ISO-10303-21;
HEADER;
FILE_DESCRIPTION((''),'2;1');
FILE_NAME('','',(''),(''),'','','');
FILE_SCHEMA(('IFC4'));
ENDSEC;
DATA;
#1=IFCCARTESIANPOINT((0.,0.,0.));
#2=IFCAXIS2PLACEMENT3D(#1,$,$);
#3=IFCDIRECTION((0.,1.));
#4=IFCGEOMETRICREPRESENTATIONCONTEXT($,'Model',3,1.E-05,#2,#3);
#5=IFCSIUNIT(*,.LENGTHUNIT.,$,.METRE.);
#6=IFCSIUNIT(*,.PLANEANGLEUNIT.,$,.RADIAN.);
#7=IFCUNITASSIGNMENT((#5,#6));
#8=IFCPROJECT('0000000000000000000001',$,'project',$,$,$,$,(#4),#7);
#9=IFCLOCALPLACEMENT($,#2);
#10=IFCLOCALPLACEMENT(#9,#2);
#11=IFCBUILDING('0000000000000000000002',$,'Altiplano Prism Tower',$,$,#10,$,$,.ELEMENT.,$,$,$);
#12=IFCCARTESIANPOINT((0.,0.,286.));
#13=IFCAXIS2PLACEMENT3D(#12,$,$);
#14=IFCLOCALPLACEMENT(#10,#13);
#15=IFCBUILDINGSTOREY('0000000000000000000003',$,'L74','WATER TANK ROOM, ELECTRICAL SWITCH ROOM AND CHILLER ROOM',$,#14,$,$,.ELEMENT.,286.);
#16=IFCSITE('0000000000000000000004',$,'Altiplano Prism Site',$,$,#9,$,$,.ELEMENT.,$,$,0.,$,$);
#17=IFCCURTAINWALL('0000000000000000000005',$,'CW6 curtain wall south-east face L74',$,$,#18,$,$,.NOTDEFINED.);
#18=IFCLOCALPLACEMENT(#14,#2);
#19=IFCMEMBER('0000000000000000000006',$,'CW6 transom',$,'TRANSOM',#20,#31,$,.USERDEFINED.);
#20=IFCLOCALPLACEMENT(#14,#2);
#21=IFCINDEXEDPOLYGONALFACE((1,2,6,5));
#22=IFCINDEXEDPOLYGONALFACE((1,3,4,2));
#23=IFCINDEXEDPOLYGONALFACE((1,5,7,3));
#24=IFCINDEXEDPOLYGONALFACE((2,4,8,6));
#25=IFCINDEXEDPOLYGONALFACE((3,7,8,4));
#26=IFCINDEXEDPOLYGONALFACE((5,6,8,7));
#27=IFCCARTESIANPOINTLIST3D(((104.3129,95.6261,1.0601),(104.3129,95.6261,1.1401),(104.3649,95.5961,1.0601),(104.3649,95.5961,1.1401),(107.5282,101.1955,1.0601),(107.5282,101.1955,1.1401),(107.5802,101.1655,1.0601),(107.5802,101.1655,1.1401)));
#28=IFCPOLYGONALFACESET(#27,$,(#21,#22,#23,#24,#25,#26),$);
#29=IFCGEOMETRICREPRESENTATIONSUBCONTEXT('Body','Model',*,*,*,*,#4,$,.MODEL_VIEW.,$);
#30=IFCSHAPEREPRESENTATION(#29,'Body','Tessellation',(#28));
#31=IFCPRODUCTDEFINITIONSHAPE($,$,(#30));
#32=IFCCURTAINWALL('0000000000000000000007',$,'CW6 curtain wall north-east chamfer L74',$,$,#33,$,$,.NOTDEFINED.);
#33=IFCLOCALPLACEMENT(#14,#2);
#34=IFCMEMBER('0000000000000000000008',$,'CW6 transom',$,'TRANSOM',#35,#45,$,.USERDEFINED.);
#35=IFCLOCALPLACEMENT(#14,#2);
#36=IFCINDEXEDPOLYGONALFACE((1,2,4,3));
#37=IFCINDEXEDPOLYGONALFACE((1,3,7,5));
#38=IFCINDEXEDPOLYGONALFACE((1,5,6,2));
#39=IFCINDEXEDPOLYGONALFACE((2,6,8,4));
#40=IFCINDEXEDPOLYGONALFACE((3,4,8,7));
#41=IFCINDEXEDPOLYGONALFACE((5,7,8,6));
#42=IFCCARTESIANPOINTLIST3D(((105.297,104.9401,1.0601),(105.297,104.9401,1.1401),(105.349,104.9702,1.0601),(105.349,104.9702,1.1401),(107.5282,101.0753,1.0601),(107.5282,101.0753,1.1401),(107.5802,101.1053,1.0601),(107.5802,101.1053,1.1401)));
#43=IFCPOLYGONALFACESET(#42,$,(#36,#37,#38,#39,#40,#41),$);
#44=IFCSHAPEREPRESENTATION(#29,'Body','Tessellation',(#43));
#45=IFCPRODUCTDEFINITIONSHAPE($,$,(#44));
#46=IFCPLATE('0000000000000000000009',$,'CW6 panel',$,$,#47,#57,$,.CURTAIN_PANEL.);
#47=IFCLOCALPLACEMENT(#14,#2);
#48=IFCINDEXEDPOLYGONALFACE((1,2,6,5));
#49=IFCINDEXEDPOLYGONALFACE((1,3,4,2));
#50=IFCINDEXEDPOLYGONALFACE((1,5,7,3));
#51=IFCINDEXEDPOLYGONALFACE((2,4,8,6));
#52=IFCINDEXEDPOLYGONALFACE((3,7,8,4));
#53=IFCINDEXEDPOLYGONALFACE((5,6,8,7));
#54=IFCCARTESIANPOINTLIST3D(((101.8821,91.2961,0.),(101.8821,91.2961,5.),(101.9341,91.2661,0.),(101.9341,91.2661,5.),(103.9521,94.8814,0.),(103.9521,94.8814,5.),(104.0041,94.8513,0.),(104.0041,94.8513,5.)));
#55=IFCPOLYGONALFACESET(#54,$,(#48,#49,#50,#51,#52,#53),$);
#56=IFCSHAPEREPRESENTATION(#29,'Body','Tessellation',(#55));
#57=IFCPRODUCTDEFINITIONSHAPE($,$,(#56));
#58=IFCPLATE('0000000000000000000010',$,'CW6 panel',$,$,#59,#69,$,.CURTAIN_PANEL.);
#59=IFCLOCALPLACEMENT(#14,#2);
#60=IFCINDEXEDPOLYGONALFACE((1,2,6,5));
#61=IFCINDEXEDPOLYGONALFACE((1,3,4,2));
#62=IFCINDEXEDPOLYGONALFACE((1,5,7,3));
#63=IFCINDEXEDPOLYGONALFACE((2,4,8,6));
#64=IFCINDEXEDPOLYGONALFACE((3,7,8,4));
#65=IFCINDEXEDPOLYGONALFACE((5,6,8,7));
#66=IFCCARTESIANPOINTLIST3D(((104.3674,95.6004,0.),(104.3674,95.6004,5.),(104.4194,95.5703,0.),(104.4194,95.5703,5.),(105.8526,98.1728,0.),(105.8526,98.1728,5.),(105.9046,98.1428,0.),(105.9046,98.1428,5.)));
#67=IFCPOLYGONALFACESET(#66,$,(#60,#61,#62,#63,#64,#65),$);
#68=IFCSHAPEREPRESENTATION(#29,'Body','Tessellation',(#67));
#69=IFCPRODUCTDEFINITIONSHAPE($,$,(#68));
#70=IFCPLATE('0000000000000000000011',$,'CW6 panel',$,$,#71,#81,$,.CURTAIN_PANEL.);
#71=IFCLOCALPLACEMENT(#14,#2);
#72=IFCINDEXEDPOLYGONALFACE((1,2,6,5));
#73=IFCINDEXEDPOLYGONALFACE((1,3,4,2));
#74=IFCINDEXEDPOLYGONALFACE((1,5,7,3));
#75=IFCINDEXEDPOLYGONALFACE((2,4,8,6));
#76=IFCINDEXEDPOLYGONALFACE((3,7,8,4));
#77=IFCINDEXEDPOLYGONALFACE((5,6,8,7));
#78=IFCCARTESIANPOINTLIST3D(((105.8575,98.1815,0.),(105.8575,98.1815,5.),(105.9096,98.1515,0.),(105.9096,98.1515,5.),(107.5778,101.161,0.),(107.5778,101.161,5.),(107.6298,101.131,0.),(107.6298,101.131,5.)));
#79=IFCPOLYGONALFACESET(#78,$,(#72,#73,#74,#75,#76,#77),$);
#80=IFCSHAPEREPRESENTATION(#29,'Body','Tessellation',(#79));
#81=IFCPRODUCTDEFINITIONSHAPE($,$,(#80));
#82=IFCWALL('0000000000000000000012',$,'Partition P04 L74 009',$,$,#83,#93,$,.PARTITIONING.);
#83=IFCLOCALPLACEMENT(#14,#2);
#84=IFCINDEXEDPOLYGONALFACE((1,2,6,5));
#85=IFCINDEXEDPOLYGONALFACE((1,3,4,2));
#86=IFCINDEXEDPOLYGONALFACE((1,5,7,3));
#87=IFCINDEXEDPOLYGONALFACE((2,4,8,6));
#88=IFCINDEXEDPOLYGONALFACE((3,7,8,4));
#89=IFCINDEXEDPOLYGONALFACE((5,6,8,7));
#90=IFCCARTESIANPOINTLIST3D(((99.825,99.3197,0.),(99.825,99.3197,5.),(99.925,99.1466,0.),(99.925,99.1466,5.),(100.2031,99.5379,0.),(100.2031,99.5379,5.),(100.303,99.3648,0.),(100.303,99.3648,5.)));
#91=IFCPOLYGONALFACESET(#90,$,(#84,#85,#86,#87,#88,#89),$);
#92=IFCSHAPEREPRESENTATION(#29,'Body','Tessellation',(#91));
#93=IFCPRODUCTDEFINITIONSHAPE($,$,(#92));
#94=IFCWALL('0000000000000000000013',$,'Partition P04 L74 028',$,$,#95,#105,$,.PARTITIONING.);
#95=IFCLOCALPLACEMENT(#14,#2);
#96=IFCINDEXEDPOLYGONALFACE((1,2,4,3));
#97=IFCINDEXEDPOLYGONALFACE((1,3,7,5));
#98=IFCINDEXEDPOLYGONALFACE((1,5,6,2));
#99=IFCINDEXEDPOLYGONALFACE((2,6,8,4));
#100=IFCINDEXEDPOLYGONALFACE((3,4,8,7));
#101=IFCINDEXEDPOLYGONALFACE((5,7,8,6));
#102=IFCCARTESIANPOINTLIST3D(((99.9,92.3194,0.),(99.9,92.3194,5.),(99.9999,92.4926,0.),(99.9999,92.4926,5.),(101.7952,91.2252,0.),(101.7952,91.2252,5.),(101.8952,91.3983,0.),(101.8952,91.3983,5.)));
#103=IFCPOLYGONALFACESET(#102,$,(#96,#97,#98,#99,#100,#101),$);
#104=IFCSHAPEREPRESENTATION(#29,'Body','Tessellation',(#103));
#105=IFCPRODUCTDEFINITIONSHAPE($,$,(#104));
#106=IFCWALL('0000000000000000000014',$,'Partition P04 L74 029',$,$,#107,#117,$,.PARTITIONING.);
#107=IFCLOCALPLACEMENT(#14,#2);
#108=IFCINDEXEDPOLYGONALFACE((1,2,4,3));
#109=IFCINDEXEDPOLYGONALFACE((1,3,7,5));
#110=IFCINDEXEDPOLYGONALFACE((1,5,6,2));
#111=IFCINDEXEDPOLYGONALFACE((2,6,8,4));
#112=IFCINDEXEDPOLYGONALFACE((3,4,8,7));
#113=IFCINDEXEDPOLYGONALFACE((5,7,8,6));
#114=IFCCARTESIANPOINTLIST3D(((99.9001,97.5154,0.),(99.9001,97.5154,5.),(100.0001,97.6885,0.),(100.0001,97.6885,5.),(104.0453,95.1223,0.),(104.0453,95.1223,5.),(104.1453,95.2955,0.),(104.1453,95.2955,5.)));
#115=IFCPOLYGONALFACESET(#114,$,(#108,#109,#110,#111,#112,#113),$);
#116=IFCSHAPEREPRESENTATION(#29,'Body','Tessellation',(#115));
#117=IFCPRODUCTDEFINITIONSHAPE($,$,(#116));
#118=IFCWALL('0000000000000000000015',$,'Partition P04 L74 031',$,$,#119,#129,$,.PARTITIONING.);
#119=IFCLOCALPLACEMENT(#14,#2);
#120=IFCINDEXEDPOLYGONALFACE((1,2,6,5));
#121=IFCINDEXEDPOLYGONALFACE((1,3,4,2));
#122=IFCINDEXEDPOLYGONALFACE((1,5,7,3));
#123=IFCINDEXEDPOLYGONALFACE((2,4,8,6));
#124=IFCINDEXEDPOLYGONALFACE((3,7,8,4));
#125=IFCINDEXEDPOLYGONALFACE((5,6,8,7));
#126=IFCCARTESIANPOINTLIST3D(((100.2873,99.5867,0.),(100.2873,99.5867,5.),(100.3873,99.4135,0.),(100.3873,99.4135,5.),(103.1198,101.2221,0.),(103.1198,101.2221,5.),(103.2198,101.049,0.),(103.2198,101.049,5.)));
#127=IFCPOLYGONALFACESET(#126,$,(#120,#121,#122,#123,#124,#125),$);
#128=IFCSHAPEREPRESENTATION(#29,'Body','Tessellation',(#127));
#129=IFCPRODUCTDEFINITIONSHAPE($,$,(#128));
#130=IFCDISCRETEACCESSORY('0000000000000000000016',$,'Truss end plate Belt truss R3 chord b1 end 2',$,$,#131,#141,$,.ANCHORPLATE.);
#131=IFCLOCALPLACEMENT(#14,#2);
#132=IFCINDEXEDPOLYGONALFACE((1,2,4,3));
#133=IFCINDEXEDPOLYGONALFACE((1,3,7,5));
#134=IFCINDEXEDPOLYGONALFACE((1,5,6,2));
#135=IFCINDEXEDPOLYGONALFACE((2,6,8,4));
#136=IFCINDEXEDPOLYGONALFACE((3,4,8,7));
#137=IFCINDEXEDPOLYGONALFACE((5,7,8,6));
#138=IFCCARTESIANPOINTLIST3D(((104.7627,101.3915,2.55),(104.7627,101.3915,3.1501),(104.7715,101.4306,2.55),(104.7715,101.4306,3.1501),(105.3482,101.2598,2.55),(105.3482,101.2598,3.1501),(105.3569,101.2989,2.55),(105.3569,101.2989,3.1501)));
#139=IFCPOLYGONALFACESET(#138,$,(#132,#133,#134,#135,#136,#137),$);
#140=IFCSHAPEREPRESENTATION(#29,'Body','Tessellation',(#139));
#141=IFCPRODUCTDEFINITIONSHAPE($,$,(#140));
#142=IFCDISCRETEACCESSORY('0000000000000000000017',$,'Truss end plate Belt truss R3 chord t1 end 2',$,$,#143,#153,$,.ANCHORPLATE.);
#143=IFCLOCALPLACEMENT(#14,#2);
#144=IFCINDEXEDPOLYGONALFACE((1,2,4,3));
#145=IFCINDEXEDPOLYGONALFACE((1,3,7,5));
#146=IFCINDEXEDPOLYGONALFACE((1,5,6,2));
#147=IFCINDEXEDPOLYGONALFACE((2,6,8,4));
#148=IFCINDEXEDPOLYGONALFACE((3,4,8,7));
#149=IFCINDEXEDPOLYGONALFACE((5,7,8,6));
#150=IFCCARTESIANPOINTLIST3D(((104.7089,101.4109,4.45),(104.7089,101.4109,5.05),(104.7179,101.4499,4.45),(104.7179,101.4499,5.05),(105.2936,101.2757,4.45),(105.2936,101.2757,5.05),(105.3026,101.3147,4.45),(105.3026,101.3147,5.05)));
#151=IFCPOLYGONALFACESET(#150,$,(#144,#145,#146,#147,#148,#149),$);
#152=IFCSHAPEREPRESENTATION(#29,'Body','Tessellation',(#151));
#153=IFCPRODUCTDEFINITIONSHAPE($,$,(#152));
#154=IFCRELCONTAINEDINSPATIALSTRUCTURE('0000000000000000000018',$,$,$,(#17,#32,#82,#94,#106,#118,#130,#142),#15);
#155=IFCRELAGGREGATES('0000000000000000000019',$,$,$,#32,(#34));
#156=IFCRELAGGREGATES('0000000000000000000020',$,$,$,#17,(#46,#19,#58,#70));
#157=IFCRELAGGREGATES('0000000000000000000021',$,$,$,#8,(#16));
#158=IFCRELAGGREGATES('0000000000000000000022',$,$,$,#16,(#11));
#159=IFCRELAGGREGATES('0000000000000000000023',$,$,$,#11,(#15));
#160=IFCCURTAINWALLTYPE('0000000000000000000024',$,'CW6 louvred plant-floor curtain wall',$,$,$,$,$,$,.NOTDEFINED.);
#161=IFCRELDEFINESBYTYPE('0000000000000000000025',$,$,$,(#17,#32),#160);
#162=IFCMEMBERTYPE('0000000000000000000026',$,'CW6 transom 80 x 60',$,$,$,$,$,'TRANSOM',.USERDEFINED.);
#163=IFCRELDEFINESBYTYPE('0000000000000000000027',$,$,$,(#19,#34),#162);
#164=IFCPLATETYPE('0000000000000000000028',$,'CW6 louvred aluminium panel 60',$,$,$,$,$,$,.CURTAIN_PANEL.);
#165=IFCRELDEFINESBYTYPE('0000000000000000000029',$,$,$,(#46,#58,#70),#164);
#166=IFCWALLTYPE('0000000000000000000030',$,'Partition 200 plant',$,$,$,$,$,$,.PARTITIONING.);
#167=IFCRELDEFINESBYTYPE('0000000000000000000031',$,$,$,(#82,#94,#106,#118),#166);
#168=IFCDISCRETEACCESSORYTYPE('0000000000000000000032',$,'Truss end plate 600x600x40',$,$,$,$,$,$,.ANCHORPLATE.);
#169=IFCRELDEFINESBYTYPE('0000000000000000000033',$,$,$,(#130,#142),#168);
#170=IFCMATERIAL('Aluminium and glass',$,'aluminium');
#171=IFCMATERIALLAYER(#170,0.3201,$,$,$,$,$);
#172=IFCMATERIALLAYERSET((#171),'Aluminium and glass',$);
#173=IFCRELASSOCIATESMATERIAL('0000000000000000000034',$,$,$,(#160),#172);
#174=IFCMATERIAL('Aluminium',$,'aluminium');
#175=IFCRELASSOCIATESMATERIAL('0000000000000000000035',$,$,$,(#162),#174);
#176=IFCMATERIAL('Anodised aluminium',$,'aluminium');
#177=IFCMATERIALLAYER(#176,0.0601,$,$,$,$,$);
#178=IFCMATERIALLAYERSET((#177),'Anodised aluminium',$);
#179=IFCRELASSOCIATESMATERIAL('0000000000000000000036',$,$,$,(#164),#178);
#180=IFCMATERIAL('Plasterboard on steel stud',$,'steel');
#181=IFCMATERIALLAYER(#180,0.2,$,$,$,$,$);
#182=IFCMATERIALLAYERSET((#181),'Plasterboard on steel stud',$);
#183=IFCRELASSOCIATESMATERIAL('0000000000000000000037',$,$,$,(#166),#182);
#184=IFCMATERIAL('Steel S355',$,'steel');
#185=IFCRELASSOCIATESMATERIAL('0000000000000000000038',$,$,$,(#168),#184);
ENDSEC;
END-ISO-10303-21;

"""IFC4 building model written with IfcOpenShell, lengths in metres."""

from ifc_helpers import new_model, si_unit, direction, frame, frame_2d, origin, origin_2d, place, context, subcontext, project, spatial, rectangle, extrude, material, layer, layer_set, material_profile, profile_set, type_object, element, aggregate, save


model = new_model("IFC4")

# Units and contexts
model_context = context("Model", 3, precision=1e-05, world=origin(), true_north=direction((0.0, 1.0)))
body_context = subcontext(model_context, "Body", "Model", "MODEL_VIEW")
ifc_project = project(units=[si_unit("LENGTHUNIT", "METRE"), si_unit("PLANEANGLEUNIT", "RADIAN")], contexts=[model_context])

# Site, building, storey
site_placement = place(None, origin())
site = spatial("IfcSite", under=ifc_project, at=site_placement, Name="Altiplano Prism Site", CompositionType="ELEMENT", RefElevation=0.0)
building_placement = place(site_placement, origin())
building = spatial("IfcBuilding", under=site, at=building_placement, Name="Altiplano Prism Tower", CompositionType="ELEMENT")
storey_placement = place(building_placement, frame((0.0, 0.0, 286.0)))
storey = spatial("IfcBuildingStorey", under=building, at=storey_placement, Name="L74", Description="WATER TANK ROOM, ELECTRICAL SWITCH ROOM AND CHILLER ROOM", CompositionType="ELEMENT", Elevation=286.0)

# Shared definitions
ifc_material_1 = material(Name="Steel S355", Category="steel")

# Curtain wall, member
ifc_material_2 = material(Name="Aluminium and glass", Category="aluminium")
ifc_layer_1 = layer(ifc_material_2, 0.3201)
ifc_layer_set_1 = layer_set([ifc_layer_1], Name="Aluminium and glass")
curtain_wall_type = type_object("IfcCurtainWallType", Name="CW6 louvred plant-floor curtain wall", PredefinedType="NOTDEFINED", material=ifc_layer_set_1)
curtain_wall_1_placement = place(storey_placement, origin())
curtain_wall_1 = element("IfcCurtainWall", 1, at=curtain_wall_1_placement, inside=storey, type_object=curtain_wall_type, Name="CW6 curtain wall south-east face L74", PredefinedType="NOTDEFINED")
ifc_material_3 = material(Name="Aluminium", Category="aluminium")
ifc_material_profile_1 = material_profile(ifc_material_3, rectangle(XDim=0.0601, YDim=0.0801, at=origin_2d()), Name="CW6 transom 80 x 60")
ifc_profile_set_1 = profile_set([ifc_material_profile_1], Name="Aluminium")
member_type_1 = type_object("IfcMemberType", Name="CW6 transom 80 x 60", ElementType="TRANSOM", PredefinedType="USERDEFINED", material=ifc_profile_set_1)
member_1_placement = place(storey_placement, frame((104.3389, 95.6111, 1.1001), z_axis=(0.499985, 0.866034, 0.0), x_axis=(-0.866034, 0.499985, 0.0)))
member_1 = element("IfcMember", 2, at=member_1_placement, type_object=member_type_1, Name="CW6 transom", ObjectType="TRANSOM", PredefinedType="USERDEFINED", context=body_context, shape_type="SweptSolid", body=[
    extrude(rectangle(XDim=0.0601, YDim=0.0801, at=origin_2d()), origin(), (0.0, 0.0, 1.0), 6.4309),
])

# Curtain wall, member
curtain_wall_2_placement = place(storey_placement, origin())
curtain_wall_2 = element("IfcCurtainWall", 3, at=curtain_wall_2_placement, inside=storey, type_object=curtain_wall_type, Name="CW6 curtain wall north-east chamfer L74", PredefinedType="NOTDEFINED")
member_2_placement = place(storey_placement, frame((107.5542, 101.0903, 1.1001), z_axis=(-0.499981, 0.866036, 0.0), x_axis=(-0.866036, -0.499981, 0.0)))
member_2 = element("IfcMember", 4, at=member_2_placement, type_object=member_type_1, Name="CW6 transom", ObjectType="TRANSOM", PredefinedType="USERDEFINED", context=body_context, shape_type="SweptSolid", body=[
    extrude(rectangle(XDim=0.0601, YDim=0.0801, at=origin_2d()), origin(), (0.0, 0.0, 1.0), 4.4626),
])
aggregate(curtain_wall_2, [member_2])

# Plates
ifc_material_4 = material(Name="Anodised aluminium", Category="aluminium")
ifc_layer_2 = layer(ifc_material_4, 0.0601)
ifc_layer_set_2 = layer_set([ifc_layer_2], Name="Anodised aluminium")
plate_type = type_object("IfcPlateType", Name="CW6 louvred aluminium panel 60", PredefinedType="CURTAIN_PANEL", material=ifc_layer_set_2)
plate_1_placement = place(storey_placement, frame((102.9431, 93.0737, 0.0), z_axis=(0.0, 0.0, 1.0), x_axis=(0.5, 0.866025, 0.0)))
plate_1 = element("IfcPlate", 5, at=plate_1_placement, type_object=plate_type, Name="CW6 panel", PredefinedType="CURTAIN_PANEL", context=body_context, shape_type="SweptSolid", body=[
    extrude(rectangle(XDim=4.1399, YDim=0.0601, at=origin_2d()), origin(), (0.0, 0.0, 1.0), 5.0),
])
plate_2_placement = place(storey_placement, frame((105.136, 96.8716, 0.0), z_axis=(0.0, 0.0, 1.0), x_axis=(0.5, 0.866025, 0.0)))
plate_2 = element("IfcPlate", 6, at=plate_2_placement, type_object=plate_type, Name="CW6 panel", PredefinedType="CURTAIN_PANEL", context=body_context, shape_type="SweptSolid", body=[
    extrude(rectangle(XDim=2.9705, YDim=0.0601, at=origin_2d()), origin(), (0.0, 0.0, 1.0), 5.0),
])
plate_3_placement = place(storey_placement, frame((106.7437, 99.6562, 0.0), z_axis=(0.0, 0.0, 1.0), x_axis=(0.5, 0.866025, 0.0)))
plate_3 = element("IfcPlate", 7, at=plate_3_placement, type_object=plate_type, Name="CW6 panel", PredefinedType="CURTAIN_PANEL", context=body_context, shape_type="SweptSolid", body=[
    extrude(rectangle(XDim=3.4404, YDim=0.0601, at=origin_2d()), origin(), (0.0, 0.0, 1.0), 5.0),
])
aggregate(curtain_wall_1, [plate_1, member_1, plate_2, plate_3])

# Shared definitions
ifc_material_5 = material(Name="Plasterboard on steel stud", Category="steel")
ifc_layer_3 = layer(ifc_material_5, 0.2)
ifc_layer_set_3 = layer_set([ifc_layer_3], Name="Plasterboard on steel stud")
wall_type = type_object("IfcWallType", Name="Partition 200 plant", PredefinedType="PARTITIONING", material=ifc_layer_set_3)

# Wall
wall_1_placement = place(storey_placement, frame((99.875, 99.2332, 0.0), z_axis=(0.0, 0.0, 1.0), x_axis=(0.866102, 0.499868, 0.0)))
element("IfcWall", 8, at=wall_1_placement, inside=storey, type_object=wall_type, Name="Partition P04 L74 009", PredefinedType="PARTITIONING", context=body_context, shape_type="SweptSolid", body=[
    extrude(rectangle(XDim=0.4365, YDim=0.2, at=frame_2d((0.2183, 0.0))), origin(), (0.0, 0.0, 1.0), 5.0),
])

# Walls
wall_2_placement = place(storey_placement, frame((101.8452, 91.3118, 0.0), z_axis=(0.0, 0.0, 1.0), x_axis=(-0.866024, 0.500002, 0.0)))
element("IfcWall", 9, at=wall_2_placement, inside=storey, type_object=wall_type, Name="Partition P04 L74 028", PredefinedType="PARTITIONING", context=body_context, shape_type="SweptSolid", body=[
    extrude(rectangle(XDim=2.1885, YDim=0.2, at=frame_2d((1.0942, 0.0))), origin(), (0.0, 0.0, 1.0), 5.0),
])
wall_3_placement = place(storey_placement, frame((104.0952, 95.209, 0.0), z_axis=(0.0, 0.0, 1.0), x_axis=(-0.866044, 0.499968, 0.0)))
element("IfcWall", 10, at=wall_3_placement, inside=storey, type_object=wall_type, Name="Partition P04 L74 029", PredefinedType="PARTITIONING", context=body_context, shape_type="SweptSolid", body=[
    extrude(rectangle(XDim=4.7864, YDim=0.2, at=frame_2d((2.3931, 0.0))), origin(), (0.0, 0.0, 1.0), 5.0),
])
wall_4_placement = place(storey_placement, frame((103.1697, 101.1355, 0.0), z_axis=(0.0, 0.0, 1.0), x_axis=(-0.866007, -0.500033, 0.0)))
element("IfcWall", 11, at=wall_4_placement, inside=storey, type_object=wall_type, Name="Partition P04 L74 031", PredefinedType="PARTITIONING", context=body_context, shape_type="SweptSolid", body=[
    extrude(rectangle(XDim=3.2708, YDim=0.2, at=frame_2d((1.6353, 0.0))), origin(), (0.0, 0.0, 1.0), 5.0),
])

# Discrete accessories
ifc_material_profile_2 = material_profile(ifc_material_1, rectangle(XDim=0.6001, YDim=0.6001, at=origin_2d()), Name="Truss end plate 600x600x40")
ifc_profile_set_2 = profile_set([ifc_material_profile_2], Name="Steel S355")
discrete_accessory_type = type_object("IfcDiscreteAccessoryType", Name="Truss end plate 600x600x40", PredefinedType="ANCHORPLATE", material=ifc_profile_set_2)
for number, where, z_axis, x_axis, name in (
    (12, (105.0642, 101.3647, 2.8501), (-0.219512, -0.97561, 0.0), (0.97561, -0.219512, 0.0), "Truss end plate Belt truss R3 chord b1 end 2"),
    (13, (105.0103, 101.3823, 4.75), (-0.225304, -0.974288, 0.0), (0.974288, -0.225304, 0.0), "Truss end plate Belt truss R3 chord t1 end 2"),
):
    element("IfcDiscreteAccessory", number, at=place(storey_placement, frame(where, z_axis=z_axis, x_axis=x_axis)), inside=storey, type_object=discrete_accessory_type, Name=name, PredefinedType="ANCHORPLATE", context=body_context, shape_type="SweptSolid", body=[
        extrude(rectangle(XDim=0.6001, YDim=0.6001, at=origin_2d()), origin(), (0.0, 0.0, 1.0), 0.04),
    ])

save(model, "model.ifc")
